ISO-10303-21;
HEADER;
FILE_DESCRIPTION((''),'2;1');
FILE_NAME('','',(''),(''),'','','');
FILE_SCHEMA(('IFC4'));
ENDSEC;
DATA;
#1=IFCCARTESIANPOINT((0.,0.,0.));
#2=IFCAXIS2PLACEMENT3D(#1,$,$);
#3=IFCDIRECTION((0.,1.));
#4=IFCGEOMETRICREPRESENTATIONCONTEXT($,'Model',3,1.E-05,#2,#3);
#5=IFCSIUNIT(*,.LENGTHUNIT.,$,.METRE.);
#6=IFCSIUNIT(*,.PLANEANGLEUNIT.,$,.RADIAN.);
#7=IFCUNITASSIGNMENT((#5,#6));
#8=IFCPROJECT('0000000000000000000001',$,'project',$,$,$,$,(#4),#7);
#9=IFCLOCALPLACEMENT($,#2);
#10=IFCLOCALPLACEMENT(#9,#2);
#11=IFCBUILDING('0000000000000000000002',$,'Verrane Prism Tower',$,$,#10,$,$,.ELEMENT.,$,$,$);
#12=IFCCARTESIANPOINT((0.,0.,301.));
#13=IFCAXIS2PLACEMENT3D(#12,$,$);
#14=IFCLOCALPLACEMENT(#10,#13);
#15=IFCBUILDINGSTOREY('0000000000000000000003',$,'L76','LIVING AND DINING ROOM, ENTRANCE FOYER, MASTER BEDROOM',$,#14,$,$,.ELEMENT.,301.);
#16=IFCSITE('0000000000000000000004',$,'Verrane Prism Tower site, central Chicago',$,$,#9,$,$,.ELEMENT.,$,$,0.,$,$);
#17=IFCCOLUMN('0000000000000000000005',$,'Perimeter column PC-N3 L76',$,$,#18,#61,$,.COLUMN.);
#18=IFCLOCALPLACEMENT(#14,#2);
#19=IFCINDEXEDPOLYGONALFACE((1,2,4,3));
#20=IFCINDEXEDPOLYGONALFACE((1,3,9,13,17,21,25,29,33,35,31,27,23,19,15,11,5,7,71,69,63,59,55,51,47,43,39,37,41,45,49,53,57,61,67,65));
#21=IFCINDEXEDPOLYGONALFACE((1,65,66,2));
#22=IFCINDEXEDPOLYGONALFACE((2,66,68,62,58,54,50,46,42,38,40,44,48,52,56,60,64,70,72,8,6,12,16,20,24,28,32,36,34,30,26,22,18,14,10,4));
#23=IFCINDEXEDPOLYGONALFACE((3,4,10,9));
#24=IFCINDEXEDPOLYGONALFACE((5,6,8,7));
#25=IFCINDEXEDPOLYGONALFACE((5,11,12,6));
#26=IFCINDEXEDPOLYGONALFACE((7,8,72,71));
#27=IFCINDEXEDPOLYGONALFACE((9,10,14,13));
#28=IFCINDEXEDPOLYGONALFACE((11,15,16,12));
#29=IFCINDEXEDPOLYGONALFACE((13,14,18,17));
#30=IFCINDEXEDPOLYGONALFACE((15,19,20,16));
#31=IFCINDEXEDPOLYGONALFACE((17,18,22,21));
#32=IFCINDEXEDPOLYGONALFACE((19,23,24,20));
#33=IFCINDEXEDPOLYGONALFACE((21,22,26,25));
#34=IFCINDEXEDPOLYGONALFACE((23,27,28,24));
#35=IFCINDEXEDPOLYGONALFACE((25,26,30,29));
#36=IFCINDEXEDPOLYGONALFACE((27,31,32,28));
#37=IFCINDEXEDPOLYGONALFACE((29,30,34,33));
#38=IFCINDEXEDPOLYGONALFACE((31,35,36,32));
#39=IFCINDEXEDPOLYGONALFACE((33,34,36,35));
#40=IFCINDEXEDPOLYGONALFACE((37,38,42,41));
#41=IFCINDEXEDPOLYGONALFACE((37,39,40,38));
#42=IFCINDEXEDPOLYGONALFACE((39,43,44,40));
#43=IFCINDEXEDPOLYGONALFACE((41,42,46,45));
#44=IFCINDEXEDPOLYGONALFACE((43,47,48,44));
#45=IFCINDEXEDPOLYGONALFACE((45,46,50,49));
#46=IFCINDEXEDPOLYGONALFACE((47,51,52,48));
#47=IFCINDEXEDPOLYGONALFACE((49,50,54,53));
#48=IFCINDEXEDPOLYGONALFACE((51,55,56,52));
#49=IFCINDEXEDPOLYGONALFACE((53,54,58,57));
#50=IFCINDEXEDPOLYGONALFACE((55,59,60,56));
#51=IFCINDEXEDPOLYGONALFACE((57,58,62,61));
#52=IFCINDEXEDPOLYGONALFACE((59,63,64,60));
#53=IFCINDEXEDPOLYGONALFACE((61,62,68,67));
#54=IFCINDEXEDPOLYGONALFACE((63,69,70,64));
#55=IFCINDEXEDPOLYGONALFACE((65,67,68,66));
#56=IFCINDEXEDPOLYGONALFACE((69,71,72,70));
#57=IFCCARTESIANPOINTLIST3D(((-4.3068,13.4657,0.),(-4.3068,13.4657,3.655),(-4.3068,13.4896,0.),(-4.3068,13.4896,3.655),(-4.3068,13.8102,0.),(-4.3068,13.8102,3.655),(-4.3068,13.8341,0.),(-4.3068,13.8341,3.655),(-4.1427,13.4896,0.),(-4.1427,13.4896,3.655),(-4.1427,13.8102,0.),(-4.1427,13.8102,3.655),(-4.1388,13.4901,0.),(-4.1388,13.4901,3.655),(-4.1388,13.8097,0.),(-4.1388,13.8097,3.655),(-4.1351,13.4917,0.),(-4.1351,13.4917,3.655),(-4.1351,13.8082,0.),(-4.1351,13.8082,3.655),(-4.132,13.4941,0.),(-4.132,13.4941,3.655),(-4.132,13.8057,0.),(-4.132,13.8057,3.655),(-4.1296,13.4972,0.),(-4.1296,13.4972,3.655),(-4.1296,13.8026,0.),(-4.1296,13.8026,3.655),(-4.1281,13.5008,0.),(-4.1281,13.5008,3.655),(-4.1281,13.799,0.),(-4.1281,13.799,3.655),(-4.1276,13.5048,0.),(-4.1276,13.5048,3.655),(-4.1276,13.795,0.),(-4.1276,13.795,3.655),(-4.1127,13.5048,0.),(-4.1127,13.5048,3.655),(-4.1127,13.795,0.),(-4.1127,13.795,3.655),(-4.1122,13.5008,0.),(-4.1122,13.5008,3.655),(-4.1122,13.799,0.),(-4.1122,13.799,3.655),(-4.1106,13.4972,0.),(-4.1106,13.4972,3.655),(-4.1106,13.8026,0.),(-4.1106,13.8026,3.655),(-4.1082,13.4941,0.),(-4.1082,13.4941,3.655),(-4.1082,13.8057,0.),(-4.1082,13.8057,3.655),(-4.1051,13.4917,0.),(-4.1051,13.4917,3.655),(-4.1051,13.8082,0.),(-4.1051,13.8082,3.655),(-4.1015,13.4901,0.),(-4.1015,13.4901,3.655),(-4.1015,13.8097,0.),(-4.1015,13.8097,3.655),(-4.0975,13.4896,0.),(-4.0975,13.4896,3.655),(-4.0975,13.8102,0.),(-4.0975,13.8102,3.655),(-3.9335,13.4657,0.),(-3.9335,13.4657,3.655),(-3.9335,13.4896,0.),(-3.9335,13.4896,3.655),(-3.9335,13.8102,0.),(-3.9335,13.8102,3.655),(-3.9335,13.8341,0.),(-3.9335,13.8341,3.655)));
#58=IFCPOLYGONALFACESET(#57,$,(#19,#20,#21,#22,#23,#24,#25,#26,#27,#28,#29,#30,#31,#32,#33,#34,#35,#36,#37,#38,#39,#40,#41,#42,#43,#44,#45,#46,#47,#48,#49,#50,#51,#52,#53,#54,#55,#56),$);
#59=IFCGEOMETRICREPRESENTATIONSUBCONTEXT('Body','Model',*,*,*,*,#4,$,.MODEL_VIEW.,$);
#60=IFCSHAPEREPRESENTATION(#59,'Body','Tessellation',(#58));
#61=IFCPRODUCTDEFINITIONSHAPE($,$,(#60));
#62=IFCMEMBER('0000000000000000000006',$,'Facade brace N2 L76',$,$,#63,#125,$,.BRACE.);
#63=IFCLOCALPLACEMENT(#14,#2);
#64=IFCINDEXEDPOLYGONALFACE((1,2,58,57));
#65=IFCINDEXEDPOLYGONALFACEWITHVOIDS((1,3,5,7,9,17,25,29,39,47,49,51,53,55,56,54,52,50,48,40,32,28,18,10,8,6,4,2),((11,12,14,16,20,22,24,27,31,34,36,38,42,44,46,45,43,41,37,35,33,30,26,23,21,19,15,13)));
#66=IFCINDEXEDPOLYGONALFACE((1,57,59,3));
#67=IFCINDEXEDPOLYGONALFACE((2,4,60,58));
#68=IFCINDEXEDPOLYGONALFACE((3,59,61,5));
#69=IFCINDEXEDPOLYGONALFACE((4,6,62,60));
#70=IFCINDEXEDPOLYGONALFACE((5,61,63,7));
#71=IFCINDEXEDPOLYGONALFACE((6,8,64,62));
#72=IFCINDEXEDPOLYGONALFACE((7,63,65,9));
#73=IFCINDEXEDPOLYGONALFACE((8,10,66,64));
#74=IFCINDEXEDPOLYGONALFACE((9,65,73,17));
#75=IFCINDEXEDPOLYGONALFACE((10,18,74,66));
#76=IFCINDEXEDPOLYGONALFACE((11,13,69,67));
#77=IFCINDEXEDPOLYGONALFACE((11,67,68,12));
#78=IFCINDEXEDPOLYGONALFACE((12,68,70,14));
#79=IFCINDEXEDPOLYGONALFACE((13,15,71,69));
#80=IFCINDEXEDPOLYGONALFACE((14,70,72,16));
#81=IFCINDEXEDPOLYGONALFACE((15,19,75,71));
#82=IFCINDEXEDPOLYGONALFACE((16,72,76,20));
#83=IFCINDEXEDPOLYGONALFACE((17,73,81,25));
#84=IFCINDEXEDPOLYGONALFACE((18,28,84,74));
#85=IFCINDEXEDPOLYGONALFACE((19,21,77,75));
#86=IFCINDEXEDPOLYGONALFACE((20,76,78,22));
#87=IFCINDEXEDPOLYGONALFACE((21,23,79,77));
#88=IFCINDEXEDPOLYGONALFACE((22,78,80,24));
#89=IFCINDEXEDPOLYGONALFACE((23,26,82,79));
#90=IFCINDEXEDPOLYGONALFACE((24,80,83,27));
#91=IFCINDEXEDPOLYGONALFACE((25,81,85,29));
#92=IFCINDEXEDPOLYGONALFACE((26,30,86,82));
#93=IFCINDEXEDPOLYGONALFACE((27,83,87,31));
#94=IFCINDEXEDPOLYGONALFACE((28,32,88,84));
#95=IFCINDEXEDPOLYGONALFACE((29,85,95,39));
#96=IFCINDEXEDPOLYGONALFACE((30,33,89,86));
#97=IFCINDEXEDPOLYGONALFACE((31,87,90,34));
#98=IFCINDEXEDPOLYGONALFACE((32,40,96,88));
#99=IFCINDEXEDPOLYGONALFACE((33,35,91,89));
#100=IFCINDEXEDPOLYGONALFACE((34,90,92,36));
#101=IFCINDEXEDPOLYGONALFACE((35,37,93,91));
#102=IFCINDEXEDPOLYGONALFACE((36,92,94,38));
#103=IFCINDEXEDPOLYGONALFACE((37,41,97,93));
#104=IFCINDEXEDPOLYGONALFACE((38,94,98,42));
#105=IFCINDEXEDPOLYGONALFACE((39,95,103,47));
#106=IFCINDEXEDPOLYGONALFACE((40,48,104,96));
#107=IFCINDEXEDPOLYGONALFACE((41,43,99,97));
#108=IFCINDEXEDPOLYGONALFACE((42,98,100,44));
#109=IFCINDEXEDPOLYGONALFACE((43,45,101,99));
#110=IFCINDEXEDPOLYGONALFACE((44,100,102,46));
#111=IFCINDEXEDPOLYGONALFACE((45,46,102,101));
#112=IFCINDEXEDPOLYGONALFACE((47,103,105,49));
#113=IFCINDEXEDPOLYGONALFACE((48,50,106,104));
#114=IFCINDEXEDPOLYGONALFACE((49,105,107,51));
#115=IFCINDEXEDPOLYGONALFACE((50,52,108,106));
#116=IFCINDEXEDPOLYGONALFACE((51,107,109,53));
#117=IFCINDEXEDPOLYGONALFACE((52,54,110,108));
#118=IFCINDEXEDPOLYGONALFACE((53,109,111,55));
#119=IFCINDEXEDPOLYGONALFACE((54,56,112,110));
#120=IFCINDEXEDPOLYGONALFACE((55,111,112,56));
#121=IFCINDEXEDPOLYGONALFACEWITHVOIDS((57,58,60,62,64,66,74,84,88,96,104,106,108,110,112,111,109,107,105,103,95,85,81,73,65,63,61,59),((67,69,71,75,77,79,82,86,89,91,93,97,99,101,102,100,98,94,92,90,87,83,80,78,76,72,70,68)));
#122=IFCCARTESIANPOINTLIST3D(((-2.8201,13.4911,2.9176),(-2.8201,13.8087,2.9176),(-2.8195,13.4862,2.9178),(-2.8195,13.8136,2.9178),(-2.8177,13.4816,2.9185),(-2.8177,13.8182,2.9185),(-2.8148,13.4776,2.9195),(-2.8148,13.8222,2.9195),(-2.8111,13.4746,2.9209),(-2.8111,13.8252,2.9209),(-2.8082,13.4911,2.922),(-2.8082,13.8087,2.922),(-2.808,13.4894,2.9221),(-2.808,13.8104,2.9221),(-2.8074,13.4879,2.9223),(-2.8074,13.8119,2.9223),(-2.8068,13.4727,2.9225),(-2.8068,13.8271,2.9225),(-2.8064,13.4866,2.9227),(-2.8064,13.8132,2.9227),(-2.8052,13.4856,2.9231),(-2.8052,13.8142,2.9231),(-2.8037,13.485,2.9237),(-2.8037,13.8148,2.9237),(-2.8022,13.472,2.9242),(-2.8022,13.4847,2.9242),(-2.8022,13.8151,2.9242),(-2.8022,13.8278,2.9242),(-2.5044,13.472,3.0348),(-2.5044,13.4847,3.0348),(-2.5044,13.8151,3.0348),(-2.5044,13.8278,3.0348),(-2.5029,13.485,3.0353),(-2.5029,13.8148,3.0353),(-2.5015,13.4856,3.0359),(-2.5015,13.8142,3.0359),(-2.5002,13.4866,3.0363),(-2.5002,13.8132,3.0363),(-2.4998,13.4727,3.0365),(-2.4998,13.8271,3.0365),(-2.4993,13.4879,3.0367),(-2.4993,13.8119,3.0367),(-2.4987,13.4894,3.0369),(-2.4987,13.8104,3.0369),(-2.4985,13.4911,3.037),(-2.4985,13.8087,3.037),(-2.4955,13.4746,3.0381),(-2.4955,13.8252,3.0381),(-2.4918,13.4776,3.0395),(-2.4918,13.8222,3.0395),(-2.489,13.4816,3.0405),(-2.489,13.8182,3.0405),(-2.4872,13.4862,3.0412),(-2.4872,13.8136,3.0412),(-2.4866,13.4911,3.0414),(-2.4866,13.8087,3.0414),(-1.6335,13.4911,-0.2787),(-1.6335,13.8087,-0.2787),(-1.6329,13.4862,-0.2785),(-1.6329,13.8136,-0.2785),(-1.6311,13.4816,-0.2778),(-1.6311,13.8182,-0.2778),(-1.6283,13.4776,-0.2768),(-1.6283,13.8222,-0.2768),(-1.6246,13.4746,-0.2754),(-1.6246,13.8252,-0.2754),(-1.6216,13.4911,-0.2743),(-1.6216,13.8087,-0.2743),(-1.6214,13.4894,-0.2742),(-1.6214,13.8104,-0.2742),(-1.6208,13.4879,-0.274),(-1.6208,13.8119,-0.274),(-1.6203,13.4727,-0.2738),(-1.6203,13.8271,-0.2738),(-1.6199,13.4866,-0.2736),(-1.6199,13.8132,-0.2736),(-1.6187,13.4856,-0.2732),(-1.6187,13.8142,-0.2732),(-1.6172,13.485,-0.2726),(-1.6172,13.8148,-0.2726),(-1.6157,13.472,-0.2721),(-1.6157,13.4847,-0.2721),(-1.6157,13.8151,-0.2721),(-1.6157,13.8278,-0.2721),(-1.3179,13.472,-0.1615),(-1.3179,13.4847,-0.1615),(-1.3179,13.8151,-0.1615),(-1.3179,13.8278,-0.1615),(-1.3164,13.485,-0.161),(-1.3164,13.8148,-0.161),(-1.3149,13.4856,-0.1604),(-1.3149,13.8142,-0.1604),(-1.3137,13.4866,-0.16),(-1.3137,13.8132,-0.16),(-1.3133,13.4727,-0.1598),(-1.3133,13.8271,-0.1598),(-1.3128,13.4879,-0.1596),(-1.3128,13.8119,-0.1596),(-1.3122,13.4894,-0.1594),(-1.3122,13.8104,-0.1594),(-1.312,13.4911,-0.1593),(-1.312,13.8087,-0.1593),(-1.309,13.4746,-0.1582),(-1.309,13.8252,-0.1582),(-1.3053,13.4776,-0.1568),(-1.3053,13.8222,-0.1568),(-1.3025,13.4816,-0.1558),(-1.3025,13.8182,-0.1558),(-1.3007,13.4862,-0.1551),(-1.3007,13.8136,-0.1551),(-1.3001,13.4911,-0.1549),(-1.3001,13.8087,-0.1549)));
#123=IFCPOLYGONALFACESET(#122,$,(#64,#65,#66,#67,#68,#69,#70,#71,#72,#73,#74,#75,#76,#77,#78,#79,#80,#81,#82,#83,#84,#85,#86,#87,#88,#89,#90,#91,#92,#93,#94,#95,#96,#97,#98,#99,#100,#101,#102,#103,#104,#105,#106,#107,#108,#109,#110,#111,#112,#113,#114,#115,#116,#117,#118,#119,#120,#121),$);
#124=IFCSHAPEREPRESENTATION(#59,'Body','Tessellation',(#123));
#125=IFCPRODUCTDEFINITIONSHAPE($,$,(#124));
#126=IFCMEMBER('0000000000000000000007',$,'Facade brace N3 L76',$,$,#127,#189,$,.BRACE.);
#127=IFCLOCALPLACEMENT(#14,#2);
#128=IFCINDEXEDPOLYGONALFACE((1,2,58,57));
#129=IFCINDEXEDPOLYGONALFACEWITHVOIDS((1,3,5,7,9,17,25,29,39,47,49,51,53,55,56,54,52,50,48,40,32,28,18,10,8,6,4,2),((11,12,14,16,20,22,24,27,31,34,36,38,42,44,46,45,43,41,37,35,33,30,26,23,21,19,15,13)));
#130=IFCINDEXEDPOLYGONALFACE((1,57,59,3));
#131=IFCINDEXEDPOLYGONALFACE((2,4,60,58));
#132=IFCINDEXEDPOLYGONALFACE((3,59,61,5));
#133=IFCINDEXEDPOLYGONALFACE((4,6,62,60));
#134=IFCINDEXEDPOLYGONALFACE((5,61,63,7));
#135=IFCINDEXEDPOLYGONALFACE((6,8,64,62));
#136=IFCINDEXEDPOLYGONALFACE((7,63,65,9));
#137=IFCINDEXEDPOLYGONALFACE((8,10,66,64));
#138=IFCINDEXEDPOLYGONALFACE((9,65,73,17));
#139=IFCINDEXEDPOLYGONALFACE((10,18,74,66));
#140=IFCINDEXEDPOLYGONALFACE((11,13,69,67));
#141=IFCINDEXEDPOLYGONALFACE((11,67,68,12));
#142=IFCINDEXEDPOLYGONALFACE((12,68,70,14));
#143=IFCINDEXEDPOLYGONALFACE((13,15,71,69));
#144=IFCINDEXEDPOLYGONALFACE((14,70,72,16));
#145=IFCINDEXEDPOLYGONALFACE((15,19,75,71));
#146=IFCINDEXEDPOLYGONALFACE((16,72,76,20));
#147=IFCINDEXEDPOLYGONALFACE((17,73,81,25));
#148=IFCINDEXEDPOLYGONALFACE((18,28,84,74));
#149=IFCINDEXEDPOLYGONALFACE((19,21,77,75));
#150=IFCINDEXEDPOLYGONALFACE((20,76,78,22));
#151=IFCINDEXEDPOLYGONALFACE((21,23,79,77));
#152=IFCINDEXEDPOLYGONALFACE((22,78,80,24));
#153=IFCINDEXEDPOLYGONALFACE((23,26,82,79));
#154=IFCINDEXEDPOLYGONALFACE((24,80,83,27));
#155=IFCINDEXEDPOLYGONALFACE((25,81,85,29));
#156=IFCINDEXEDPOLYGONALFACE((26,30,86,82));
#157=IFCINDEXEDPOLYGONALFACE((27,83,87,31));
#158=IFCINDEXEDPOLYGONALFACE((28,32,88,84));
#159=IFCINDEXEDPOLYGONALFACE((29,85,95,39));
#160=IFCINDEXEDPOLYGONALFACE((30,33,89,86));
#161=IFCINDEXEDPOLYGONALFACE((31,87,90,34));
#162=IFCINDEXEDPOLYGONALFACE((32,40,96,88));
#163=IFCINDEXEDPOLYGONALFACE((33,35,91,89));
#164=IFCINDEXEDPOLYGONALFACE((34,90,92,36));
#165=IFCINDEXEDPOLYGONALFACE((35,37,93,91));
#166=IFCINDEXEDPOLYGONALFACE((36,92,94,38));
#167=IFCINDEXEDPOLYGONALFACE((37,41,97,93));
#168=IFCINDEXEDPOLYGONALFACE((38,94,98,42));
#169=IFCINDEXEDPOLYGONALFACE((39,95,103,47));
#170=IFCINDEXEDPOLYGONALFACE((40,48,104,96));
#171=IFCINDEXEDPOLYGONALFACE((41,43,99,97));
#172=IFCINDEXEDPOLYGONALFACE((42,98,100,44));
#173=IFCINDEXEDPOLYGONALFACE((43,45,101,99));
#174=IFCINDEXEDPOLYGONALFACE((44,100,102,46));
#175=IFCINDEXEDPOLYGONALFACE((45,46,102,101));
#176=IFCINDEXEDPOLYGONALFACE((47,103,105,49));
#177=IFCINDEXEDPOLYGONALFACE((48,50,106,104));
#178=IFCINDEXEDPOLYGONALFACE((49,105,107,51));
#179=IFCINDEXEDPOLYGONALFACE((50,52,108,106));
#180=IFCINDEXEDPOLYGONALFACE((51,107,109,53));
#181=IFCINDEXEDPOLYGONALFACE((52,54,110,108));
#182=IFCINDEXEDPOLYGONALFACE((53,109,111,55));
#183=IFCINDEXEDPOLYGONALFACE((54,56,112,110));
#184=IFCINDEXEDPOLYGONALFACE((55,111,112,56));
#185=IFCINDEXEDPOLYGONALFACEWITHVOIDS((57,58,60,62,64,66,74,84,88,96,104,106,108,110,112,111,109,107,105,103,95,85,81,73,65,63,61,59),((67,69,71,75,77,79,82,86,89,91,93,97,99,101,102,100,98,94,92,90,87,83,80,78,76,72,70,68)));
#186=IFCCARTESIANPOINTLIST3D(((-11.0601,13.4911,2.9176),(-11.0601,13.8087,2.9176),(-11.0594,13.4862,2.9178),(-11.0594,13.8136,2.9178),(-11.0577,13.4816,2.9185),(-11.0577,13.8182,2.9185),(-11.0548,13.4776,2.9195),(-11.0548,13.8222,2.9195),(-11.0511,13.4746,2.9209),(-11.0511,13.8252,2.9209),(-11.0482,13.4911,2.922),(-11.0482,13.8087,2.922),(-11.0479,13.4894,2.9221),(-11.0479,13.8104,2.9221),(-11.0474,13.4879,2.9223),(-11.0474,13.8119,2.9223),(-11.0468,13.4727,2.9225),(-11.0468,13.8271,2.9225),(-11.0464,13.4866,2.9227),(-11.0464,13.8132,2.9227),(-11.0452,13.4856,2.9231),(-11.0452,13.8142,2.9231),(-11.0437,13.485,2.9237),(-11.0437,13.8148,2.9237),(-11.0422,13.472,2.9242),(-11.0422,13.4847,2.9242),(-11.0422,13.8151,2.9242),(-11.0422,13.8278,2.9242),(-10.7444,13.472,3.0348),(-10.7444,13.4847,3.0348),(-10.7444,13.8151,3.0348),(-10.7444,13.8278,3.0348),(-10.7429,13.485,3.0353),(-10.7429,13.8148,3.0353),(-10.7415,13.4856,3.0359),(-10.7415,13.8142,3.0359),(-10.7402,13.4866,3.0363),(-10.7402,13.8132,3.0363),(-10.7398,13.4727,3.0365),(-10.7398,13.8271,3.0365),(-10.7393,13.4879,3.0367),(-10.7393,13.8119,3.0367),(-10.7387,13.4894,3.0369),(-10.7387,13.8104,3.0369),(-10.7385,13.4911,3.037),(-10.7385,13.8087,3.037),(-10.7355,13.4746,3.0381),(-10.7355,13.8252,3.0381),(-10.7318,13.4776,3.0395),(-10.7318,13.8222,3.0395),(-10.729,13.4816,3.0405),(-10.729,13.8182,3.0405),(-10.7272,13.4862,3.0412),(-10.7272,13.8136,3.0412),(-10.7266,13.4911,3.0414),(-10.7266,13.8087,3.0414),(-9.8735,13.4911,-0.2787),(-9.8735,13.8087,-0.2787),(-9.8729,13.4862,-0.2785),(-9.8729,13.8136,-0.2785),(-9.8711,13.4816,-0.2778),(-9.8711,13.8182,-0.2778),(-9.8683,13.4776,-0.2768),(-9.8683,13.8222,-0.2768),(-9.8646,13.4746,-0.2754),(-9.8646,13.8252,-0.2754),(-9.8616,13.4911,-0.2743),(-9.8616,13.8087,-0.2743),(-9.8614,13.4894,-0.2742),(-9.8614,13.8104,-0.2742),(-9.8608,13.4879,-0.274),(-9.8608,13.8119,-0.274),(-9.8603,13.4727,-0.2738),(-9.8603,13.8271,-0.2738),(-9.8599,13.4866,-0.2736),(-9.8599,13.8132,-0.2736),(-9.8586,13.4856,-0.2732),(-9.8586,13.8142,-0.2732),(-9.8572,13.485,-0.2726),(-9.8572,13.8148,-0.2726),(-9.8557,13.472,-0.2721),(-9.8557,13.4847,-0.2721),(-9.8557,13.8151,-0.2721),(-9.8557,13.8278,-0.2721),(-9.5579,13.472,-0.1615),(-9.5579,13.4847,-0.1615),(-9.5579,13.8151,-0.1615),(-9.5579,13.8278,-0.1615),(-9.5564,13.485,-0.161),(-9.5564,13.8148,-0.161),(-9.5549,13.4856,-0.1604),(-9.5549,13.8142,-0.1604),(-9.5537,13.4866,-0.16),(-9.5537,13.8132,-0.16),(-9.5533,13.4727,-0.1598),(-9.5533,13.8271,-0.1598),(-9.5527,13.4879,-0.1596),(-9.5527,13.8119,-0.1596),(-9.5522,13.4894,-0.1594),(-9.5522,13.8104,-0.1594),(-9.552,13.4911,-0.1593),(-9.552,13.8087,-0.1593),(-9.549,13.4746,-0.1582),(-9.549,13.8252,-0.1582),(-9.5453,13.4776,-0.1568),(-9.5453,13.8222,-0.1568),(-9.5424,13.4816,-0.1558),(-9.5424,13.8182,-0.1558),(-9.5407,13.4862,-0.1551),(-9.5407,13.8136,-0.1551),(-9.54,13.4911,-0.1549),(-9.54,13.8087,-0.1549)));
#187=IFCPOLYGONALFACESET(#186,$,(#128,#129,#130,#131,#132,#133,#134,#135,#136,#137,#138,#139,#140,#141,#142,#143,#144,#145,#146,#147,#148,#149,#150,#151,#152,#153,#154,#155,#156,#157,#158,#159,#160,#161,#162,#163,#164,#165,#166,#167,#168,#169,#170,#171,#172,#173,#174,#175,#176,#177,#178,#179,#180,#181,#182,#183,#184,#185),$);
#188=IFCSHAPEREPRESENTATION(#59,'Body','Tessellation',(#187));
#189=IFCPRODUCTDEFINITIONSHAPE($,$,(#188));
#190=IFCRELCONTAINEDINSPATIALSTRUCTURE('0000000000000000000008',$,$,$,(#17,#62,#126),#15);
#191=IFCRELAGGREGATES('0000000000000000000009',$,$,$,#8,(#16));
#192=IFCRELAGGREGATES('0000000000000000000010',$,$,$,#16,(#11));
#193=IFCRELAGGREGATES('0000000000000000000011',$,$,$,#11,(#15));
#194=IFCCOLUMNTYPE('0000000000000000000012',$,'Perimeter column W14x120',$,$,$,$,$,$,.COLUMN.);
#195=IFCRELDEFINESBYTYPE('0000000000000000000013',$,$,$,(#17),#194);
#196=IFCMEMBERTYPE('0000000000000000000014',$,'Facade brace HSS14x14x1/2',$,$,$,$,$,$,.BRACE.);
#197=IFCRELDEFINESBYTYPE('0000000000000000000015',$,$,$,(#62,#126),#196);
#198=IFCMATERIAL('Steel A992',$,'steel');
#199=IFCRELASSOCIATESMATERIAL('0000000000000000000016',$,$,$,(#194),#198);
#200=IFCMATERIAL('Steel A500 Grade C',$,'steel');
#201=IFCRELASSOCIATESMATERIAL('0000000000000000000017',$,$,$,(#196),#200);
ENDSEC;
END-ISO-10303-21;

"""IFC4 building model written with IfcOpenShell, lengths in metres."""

from ifc_helpers import new_model, si_unit, direction, frame, origin, origin_2d, place, context, subcontext, project, spatial, hollow_rectangle, i_section, extrude, material, material_profile, profile_set, type_object, element, save


model = new_model("IFC4")

# Units and contexts
model_context = context("Model", 3, precision=1e-05, world=origin(), true_north=direction((0.0, 1.0)))
body_context = subcontext(model_context, "Body", "Model", "MODEL_VIEW")
ifc_project = project(units=[si_unit("LENGTHUNIT", "METRE"), si_unit("PLANEANGLEUNIT", "RADIAN")], contexts=[model_context])

# Site, building, storey
site_placement = place(None, origin())
site = spatial("IfcSite", under=ifc_project, at=site_placement, Name="Verrane Prism Tower site, central Chicago", CompositionType="ELEMENT", RefElevation=0.0)
building_placement = place(site_placement, origin())
building = spatial("IfcBuilding", under=site, at=building_placement, Name="Verrane Prism Tower", CompositionType="ELEMENT")
storey_placement = place(building_placement, frame((0.0, 0.0, 301.0)))
storey = spatial("IfcBuildingStorey", under=building, at=storey_placement, Name="L76", Description="LIVING AND DINING ROOM, ENTRANCE FOYER, MASTER BEDROOM", CompositionType="ELEMENT", Elevation=301.0)

# Column
ifc_material_1 = material(Name="Steel A992", Category="steel")
ifc_material_profile_1 = material_profile(ifc_material_1, i_section(OverallWidth=0.3733, OverallDepth=0.3684, WebThickness=0.0149, FlangeThickness=0.0239, FilletRadius=0.0151, at=origin_2d()), Name="W14x120")
ifc_profile_set_1 = profile_set([ifc_material_profile_1], Name="Steel A992")
column_type = type_object("IfcColumnType", Name="Perimeter column W14x120", PredefinedType="COLUMN", material=ifc_profile_set_1)
column_placement = place(storey_placement, frame((-4.1201, 13.6499, 0.0), z_axis=(0.0, 0.0, 1.0), x_axis=(1.0, 0.0, 0.0)))
element("IfcColumn", 1, at=column_placement, inside=storey, type_object=column_type, Name="Perimeter column PC-N3 L76", PredefinedType="COLUMN", context=body_context, shape_type="SweptSolid", body=[
    extrude(i_section(OverallWidth=0.3733, OverallDepth=0.3684, WebThickness=0.0149, FlangeThickness=0.0239, FilletRadius=0.0151, at=origin_2d()), origin(), (0.0, 0.0, 1.0), 3.655),
])

# Members
ifc_material_2 = material(Name="Steel A500 Grade C", Category="steel")
ifc_material_profile_2 = material_profile(ifc_material_2, hollow_rectangle(XDim=0.3557, YDim=0.3557, WallThickness=0.0127, InnerFilletRadius=0.0063, OuterFilletRadius=0.019, at=origin_2d()), Name="HSS14x14x1/2")
ifc_profile_set_2 = profile_set([ifc_material_profile_2], Name="Steel A500 Grade C")
member_type_1 = type_object("IfcMemberType", Name="Facade brace HSS14x14x1/2", PredefinedType="BRACE", material=ifc_profile_set_2)
for number, where, z_axis, x_axis, name in (
    (2, (-1.4668, 13.6499, -0.2168), (-0.348014, 0.0, 0.937489), (0.0, -1.0, 0.0), "Facade brace N2 L76"),
    (3, (-9.7068, 13.6499, -0.2168), (-0.348014, 0.0, 0.937489), (0.0, -1.0, 0.0), "Facade brace N3 L76"),
):
    element("IfcMember", number, at=place(storey_placement, frame(where, z_axis=z_axis, x_axis=x_axis)), inside=storey, type_object=member_type_1, Name=name, PredefinedType="BRACE", context=body_context, shape_type="SweptSolid", body=[
        extrude(hollow_rectangle(XDim=0.3557, YDim=0.3557, WallThickness=0.0127, InnerFilletRadius=0.0063, OuterFilletRadius=0.019, at=origin_2d()), origin(), (0.0, 0.0, 1.0), 3.4094),
    ])

save(model, "model.ifc")
